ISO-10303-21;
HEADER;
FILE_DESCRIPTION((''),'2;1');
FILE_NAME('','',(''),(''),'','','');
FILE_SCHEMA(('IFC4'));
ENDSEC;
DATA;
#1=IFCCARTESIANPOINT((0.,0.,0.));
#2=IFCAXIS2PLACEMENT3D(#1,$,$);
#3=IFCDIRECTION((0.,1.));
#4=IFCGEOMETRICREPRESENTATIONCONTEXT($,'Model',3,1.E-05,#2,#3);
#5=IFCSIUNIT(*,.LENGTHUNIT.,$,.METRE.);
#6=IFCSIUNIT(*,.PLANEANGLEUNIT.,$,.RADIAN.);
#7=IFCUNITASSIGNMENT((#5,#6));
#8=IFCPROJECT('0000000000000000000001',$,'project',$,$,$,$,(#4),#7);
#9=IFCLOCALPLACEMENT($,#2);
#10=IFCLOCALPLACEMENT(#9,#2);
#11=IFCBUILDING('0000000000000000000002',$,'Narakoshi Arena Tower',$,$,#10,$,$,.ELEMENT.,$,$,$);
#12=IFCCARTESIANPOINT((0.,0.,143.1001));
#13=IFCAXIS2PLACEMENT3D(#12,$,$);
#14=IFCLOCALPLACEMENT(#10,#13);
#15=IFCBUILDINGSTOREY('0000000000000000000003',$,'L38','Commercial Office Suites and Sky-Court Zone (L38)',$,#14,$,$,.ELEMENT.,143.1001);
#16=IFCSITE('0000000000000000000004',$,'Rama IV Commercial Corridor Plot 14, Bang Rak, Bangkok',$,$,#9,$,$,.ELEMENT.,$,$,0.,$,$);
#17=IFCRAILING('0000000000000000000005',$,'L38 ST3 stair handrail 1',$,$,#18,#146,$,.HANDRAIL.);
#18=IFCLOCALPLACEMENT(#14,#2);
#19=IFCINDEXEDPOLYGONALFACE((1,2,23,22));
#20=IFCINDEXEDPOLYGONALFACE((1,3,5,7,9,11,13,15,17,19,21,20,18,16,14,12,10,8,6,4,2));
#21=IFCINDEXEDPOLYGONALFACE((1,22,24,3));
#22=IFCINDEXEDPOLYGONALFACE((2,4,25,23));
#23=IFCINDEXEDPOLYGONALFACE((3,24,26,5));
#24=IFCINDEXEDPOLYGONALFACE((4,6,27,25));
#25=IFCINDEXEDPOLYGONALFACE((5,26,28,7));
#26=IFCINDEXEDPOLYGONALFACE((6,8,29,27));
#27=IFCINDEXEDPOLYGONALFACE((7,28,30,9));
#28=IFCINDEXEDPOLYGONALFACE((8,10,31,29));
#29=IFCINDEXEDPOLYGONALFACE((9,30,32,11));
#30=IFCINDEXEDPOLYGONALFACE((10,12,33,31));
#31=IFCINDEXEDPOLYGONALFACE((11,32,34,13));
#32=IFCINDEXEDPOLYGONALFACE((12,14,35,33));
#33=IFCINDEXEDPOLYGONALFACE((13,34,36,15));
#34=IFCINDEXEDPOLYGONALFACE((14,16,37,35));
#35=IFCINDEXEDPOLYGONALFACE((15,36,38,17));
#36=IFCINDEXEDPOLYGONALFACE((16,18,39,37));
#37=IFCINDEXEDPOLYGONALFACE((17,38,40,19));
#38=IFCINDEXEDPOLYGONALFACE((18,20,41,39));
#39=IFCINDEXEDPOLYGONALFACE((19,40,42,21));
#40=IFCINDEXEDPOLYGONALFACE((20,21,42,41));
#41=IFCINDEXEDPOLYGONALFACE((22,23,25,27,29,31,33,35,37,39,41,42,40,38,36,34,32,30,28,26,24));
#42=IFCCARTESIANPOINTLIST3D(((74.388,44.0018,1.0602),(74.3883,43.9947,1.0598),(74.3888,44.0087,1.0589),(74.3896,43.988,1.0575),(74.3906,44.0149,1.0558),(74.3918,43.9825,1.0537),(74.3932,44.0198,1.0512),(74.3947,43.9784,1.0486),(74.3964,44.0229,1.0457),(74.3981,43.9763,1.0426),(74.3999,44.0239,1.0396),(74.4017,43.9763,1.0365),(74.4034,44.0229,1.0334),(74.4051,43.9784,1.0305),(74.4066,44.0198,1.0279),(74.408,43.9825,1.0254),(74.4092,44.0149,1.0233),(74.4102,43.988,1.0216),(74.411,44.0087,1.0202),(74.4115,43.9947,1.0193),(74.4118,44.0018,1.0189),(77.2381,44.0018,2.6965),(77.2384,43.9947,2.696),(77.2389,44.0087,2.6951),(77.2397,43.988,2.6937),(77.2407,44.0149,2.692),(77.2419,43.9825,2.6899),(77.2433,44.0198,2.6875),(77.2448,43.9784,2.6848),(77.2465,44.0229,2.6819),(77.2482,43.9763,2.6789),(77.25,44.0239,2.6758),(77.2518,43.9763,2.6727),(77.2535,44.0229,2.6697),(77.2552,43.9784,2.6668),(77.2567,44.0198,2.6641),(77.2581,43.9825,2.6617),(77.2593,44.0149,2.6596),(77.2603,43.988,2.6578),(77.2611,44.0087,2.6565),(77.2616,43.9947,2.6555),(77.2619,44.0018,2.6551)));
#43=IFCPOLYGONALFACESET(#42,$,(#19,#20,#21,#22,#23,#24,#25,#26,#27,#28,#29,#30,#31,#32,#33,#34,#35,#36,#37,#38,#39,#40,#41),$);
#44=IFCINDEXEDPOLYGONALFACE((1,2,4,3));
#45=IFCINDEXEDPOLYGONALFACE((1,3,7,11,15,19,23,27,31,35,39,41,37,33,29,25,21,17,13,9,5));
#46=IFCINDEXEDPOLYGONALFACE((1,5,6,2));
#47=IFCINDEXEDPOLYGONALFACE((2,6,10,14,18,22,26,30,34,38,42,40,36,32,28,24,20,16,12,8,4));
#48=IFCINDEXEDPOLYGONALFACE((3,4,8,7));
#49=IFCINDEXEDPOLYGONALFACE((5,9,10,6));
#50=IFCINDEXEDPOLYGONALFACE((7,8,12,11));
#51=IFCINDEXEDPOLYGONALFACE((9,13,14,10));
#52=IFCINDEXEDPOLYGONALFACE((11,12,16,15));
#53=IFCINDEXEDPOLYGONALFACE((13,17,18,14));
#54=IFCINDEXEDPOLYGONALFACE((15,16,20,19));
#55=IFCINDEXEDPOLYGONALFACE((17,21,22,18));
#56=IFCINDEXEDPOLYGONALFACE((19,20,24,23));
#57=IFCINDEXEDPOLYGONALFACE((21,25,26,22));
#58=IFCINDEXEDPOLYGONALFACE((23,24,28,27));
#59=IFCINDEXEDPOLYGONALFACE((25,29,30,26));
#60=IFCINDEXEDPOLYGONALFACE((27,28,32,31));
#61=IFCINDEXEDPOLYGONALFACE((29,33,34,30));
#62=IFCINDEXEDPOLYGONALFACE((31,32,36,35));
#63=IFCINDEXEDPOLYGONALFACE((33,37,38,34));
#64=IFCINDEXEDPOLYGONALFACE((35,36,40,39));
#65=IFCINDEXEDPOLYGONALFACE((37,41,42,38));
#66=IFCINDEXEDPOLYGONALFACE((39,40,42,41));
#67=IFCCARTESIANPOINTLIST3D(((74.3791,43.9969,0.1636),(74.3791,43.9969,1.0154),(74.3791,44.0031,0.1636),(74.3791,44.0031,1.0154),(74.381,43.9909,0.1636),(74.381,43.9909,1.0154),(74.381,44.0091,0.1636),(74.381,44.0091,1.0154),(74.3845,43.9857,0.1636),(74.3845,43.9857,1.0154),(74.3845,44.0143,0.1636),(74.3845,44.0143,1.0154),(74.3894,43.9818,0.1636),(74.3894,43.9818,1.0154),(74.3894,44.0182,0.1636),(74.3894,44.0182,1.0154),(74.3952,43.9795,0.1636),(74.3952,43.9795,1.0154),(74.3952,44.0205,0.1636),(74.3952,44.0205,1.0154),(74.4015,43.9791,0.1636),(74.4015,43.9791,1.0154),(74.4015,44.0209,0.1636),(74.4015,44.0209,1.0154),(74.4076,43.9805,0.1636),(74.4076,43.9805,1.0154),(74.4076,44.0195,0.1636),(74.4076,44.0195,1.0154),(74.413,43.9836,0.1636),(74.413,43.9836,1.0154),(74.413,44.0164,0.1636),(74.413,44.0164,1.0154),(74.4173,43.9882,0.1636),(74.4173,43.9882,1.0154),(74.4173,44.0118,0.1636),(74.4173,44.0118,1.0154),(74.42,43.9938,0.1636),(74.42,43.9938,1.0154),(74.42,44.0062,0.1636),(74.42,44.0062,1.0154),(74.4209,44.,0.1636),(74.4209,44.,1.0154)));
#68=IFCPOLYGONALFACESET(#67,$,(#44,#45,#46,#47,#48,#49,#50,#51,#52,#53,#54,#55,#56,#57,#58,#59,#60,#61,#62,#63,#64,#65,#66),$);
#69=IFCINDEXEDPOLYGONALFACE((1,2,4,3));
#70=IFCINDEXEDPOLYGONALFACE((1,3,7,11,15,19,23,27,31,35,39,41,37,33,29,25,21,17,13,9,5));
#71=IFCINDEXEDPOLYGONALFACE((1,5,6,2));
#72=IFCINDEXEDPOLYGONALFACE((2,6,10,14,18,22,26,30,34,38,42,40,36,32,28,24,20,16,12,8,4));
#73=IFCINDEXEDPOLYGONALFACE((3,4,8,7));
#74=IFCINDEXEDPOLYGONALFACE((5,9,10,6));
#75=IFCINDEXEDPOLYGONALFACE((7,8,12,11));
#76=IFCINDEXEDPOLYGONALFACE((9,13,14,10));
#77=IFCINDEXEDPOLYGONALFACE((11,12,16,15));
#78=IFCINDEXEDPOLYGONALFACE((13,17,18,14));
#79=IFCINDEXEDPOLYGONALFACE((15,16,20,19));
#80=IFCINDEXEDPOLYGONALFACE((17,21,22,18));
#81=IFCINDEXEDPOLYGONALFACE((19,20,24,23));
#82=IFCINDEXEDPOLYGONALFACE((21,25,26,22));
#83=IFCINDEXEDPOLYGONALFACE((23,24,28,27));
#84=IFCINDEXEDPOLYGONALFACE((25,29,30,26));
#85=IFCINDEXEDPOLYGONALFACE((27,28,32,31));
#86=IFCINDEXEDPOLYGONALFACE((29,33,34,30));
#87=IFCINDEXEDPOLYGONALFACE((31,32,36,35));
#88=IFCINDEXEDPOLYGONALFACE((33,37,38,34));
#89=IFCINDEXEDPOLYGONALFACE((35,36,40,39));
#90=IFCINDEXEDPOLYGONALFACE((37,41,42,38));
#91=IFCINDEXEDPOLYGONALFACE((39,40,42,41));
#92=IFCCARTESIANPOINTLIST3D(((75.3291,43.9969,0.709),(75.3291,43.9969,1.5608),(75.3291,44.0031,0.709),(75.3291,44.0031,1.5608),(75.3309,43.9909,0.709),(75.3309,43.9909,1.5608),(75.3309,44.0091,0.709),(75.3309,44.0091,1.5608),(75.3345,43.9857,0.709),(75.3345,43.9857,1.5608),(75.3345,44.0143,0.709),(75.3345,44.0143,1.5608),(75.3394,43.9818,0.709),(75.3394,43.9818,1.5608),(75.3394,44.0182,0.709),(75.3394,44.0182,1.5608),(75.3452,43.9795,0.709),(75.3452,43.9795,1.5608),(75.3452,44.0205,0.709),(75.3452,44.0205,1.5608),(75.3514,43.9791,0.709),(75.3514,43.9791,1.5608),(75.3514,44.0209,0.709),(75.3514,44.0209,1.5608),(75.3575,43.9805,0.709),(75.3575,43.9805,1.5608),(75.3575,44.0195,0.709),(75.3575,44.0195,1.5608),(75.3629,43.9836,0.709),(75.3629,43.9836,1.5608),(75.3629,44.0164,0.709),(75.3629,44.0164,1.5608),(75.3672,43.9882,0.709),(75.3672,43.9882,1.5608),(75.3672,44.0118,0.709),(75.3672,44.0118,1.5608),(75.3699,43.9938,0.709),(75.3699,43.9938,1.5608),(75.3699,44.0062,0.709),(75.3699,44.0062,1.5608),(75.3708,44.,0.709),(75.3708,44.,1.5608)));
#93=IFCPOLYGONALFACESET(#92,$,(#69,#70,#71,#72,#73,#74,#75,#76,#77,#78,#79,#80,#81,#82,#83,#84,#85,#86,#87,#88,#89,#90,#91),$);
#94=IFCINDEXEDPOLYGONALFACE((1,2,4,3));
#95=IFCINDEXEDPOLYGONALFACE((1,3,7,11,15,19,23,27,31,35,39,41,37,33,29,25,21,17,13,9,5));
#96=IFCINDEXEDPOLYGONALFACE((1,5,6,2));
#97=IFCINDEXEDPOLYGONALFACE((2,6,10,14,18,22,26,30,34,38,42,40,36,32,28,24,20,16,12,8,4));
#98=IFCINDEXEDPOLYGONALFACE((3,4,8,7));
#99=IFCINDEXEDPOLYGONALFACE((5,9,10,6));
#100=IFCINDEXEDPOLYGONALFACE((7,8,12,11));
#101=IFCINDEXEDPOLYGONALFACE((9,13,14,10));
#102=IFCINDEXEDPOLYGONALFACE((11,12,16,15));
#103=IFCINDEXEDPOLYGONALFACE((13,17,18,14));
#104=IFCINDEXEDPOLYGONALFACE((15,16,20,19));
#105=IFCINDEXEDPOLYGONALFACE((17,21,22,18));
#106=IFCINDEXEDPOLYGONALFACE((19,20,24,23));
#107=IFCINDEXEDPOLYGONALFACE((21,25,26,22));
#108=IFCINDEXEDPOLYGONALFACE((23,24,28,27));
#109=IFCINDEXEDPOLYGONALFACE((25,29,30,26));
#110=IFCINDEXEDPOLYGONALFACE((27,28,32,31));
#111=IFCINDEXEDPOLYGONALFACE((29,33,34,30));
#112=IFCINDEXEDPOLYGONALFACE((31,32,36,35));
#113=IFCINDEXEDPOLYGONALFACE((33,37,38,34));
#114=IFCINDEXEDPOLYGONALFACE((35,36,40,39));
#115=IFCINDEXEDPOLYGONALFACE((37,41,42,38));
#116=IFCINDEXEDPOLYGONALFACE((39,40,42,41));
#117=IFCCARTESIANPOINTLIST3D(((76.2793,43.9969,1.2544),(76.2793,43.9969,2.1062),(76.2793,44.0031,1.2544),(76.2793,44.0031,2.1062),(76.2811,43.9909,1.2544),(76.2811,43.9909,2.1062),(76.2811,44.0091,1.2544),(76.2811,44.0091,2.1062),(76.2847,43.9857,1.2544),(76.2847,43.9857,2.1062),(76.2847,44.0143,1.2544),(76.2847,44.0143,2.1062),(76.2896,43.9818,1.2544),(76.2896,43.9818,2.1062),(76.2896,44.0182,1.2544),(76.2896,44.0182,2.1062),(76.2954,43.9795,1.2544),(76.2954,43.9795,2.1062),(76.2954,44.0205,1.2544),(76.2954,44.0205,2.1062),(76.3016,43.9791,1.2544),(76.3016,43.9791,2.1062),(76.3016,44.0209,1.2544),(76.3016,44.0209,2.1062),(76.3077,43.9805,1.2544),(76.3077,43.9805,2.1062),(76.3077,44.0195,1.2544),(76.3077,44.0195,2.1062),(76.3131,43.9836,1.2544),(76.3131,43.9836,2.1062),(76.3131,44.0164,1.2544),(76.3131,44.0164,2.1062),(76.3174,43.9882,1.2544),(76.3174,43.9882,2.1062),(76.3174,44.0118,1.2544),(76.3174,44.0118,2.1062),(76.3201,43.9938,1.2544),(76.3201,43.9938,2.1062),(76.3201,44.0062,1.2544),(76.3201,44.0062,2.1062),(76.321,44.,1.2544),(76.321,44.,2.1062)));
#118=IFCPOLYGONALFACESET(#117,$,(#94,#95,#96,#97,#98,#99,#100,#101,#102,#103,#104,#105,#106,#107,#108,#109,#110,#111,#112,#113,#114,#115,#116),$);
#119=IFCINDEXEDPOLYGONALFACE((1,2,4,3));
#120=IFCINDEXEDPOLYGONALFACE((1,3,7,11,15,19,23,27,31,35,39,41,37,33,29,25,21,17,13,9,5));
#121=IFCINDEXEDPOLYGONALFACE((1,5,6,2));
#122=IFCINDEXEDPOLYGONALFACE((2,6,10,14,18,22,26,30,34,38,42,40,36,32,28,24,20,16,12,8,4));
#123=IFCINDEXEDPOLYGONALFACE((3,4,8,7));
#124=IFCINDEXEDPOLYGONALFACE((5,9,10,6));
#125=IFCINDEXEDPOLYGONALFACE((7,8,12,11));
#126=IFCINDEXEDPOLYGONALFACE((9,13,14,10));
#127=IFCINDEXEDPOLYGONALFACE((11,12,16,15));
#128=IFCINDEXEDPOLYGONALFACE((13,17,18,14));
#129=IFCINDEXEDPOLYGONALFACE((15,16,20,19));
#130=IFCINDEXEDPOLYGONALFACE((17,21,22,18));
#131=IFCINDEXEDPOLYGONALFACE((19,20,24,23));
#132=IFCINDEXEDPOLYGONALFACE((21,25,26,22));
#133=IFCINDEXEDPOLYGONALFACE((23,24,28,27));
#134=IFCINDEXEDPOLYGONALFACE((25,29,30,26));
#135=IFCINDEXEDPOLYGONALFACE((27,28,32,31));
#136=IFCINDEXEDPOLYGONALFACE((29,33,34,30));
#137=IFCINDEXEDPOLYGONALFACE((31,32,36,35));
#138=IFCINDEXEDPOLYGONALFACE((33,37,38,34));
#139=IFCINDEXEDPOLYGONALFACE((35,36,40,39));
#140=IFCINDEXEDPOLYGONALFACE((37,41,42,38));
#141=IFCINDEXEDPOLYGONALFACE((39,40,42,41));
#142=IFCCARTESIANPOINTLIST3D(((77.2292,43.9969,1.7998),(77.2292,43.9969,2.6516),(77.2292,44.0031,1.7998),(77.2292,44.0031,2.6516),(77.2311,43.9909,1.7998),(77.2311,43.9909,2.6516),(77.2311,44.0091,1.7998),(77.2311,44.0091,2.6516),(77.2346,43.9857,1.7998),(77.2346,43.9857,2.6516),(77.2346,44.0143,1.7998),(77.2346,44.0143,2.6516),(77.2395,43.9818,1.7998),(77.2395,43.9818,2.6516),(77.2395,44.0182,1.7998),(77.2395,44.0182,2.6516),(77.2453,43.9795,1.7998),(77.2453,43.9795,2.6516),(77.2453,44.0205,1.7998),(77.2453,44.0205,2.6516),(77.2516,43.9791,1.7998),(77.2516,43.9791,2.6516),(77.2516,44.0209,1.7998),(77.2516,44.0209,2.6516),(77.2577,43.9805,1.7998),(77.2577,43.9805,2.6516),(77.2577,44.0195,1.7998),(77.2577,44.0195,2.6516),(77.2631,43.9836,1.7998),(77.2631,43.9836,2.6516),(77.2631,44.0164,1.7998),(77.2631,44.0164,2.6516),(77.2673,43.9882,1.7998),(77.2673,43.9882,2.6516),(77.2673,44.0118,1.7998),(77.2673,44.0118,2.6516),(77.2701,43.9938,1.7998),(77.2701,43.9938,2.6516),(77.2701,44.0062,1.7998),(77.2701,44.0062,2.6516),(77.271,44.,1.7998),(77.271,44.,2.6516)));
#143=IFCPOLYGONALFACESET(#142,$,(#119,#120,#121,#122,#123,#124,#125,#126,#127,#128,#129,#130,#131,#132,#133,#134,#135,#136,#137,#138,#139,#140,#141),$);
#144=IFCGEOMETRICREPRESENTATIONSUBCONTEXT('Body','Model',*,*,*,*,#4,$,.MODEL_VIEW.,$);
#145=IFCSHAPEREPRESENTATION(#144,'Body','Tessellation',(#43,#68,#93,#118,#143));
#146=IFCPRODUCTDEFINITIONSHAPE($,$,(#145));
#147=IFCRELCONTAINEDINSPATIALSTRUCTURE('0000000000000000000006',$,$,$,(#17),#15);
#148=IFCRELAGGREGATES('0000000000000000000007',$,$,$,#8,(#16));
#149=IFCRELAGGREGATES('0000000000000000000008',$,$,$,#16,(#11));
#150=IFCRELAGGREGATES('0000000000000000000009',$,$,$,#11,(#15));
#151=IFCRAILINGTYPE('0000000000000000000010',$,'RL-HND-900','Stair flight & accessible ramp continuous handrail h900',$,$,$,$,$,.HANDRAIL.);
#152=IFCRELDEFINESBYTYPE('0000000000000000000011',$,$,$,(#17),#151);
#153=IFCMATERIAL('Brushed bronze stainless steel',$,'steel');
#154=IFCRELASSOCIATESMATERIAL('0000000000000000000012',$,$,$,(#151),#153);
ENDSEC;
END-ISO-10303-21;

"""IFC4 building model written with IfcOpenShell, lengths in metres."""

from ifc_helpers import new_model, si_unit, direction, frame, origin, origin_2d, place, context, subcontext, project, spatial, circle, extrude, material, type_object, element, save


model = new_model("IFC4")

# Units and contexts
model_context = context("Model", 3, precision=1e-05, world=origin(), true_north=direction((0.0, 1.0)))
body_context = subcontext(model_context, "Body", "Model", "MODEL_VIEW")
ifc_project = project(units=[si_unit("LENGTHUNIT", "METRE"), si_unit("PLANEANGLEUNIT", "RADIAN")], contexts=[model_context])

# Site, building, storey
site_placement = place(None, origin())
site = spatial("IfcSite", under=ifc_project, at=site_placement, Name="Rama IV Commercial Corridor Plot 14, Bang Rak, Bangkok", CompositionType="ELEMENT", RefElevation=0.0)
building_placement = place(site_placement, origin())
building = spatial("IfcBuilding", under=site, at=building_placement, Name="Narakoshi Arena Tower", CompositionType="ELEMENT")
storey_placement = place(building_placement, frame((0.0, 0.0, 143.1001)))
storey = spatial("IfcBuildingStorey", under=building, at=storey_placement, Name="L38", Description="Commercial Office Suites and Sky-Court Zone (L38)", CompositionType="ELEMENT", Elevation=143.1001)

# Railing
ifc_material_1 = material(Name="Brushed bronze stainless steel", Category="steel")
railing_type_1 = type_object("IfcRailingType", Name="RL-HND-900", Description="Stair flight & accessible ramp continuous handrail h900", PredefinedType="HANDRAIL", material=ifc_material_1)
for number, where, name in (
    (1, (74.3999, 44.0, 0.1636), "L38 ST3 stair handrail 1"),
):
    element("IfcRailing", number, at=place(storey_placement, frame(where)), inside=storey, type_object=railing_type_1, Name=name, PredefinedType="HANDRAIL", context=body_context, shape_type="SweptSolid", body=[
        extrude(circle(Radius=0.0239, at=origin_2d()), frame((0.0, 0.0, 0.876), z_axis=(0.867245, 0.0, 0.497882), x_axis=(0.0, 1.0, 0.0)), (0.0, 0.0, 1.0), 3.2864),
        extrude(circle(Radius=0.021, at=origin_2d()), origin(), (0.0, 0.0, 1.0), 0.8518),
        extrude(circle(Radius=0.021, at=origin_2d()), frame((0.95, 0.0, 0.5454)), (0.0, 0.0, 1.0), 0.8518),
        extrude(circle(Radius=0.021, at=origin_2d()), frame((1.9001, 0.0, 1.0908)), (0.0, 0.0, 1.0), 0.8518),
        extrude(circle(Radius=0.021, at=origin_2d()), frame((2.8501, 0.0, 1.6362)), (0.0, 0.0, 1.0), 0.8518),
    ])

save(model, "model.ifc")
